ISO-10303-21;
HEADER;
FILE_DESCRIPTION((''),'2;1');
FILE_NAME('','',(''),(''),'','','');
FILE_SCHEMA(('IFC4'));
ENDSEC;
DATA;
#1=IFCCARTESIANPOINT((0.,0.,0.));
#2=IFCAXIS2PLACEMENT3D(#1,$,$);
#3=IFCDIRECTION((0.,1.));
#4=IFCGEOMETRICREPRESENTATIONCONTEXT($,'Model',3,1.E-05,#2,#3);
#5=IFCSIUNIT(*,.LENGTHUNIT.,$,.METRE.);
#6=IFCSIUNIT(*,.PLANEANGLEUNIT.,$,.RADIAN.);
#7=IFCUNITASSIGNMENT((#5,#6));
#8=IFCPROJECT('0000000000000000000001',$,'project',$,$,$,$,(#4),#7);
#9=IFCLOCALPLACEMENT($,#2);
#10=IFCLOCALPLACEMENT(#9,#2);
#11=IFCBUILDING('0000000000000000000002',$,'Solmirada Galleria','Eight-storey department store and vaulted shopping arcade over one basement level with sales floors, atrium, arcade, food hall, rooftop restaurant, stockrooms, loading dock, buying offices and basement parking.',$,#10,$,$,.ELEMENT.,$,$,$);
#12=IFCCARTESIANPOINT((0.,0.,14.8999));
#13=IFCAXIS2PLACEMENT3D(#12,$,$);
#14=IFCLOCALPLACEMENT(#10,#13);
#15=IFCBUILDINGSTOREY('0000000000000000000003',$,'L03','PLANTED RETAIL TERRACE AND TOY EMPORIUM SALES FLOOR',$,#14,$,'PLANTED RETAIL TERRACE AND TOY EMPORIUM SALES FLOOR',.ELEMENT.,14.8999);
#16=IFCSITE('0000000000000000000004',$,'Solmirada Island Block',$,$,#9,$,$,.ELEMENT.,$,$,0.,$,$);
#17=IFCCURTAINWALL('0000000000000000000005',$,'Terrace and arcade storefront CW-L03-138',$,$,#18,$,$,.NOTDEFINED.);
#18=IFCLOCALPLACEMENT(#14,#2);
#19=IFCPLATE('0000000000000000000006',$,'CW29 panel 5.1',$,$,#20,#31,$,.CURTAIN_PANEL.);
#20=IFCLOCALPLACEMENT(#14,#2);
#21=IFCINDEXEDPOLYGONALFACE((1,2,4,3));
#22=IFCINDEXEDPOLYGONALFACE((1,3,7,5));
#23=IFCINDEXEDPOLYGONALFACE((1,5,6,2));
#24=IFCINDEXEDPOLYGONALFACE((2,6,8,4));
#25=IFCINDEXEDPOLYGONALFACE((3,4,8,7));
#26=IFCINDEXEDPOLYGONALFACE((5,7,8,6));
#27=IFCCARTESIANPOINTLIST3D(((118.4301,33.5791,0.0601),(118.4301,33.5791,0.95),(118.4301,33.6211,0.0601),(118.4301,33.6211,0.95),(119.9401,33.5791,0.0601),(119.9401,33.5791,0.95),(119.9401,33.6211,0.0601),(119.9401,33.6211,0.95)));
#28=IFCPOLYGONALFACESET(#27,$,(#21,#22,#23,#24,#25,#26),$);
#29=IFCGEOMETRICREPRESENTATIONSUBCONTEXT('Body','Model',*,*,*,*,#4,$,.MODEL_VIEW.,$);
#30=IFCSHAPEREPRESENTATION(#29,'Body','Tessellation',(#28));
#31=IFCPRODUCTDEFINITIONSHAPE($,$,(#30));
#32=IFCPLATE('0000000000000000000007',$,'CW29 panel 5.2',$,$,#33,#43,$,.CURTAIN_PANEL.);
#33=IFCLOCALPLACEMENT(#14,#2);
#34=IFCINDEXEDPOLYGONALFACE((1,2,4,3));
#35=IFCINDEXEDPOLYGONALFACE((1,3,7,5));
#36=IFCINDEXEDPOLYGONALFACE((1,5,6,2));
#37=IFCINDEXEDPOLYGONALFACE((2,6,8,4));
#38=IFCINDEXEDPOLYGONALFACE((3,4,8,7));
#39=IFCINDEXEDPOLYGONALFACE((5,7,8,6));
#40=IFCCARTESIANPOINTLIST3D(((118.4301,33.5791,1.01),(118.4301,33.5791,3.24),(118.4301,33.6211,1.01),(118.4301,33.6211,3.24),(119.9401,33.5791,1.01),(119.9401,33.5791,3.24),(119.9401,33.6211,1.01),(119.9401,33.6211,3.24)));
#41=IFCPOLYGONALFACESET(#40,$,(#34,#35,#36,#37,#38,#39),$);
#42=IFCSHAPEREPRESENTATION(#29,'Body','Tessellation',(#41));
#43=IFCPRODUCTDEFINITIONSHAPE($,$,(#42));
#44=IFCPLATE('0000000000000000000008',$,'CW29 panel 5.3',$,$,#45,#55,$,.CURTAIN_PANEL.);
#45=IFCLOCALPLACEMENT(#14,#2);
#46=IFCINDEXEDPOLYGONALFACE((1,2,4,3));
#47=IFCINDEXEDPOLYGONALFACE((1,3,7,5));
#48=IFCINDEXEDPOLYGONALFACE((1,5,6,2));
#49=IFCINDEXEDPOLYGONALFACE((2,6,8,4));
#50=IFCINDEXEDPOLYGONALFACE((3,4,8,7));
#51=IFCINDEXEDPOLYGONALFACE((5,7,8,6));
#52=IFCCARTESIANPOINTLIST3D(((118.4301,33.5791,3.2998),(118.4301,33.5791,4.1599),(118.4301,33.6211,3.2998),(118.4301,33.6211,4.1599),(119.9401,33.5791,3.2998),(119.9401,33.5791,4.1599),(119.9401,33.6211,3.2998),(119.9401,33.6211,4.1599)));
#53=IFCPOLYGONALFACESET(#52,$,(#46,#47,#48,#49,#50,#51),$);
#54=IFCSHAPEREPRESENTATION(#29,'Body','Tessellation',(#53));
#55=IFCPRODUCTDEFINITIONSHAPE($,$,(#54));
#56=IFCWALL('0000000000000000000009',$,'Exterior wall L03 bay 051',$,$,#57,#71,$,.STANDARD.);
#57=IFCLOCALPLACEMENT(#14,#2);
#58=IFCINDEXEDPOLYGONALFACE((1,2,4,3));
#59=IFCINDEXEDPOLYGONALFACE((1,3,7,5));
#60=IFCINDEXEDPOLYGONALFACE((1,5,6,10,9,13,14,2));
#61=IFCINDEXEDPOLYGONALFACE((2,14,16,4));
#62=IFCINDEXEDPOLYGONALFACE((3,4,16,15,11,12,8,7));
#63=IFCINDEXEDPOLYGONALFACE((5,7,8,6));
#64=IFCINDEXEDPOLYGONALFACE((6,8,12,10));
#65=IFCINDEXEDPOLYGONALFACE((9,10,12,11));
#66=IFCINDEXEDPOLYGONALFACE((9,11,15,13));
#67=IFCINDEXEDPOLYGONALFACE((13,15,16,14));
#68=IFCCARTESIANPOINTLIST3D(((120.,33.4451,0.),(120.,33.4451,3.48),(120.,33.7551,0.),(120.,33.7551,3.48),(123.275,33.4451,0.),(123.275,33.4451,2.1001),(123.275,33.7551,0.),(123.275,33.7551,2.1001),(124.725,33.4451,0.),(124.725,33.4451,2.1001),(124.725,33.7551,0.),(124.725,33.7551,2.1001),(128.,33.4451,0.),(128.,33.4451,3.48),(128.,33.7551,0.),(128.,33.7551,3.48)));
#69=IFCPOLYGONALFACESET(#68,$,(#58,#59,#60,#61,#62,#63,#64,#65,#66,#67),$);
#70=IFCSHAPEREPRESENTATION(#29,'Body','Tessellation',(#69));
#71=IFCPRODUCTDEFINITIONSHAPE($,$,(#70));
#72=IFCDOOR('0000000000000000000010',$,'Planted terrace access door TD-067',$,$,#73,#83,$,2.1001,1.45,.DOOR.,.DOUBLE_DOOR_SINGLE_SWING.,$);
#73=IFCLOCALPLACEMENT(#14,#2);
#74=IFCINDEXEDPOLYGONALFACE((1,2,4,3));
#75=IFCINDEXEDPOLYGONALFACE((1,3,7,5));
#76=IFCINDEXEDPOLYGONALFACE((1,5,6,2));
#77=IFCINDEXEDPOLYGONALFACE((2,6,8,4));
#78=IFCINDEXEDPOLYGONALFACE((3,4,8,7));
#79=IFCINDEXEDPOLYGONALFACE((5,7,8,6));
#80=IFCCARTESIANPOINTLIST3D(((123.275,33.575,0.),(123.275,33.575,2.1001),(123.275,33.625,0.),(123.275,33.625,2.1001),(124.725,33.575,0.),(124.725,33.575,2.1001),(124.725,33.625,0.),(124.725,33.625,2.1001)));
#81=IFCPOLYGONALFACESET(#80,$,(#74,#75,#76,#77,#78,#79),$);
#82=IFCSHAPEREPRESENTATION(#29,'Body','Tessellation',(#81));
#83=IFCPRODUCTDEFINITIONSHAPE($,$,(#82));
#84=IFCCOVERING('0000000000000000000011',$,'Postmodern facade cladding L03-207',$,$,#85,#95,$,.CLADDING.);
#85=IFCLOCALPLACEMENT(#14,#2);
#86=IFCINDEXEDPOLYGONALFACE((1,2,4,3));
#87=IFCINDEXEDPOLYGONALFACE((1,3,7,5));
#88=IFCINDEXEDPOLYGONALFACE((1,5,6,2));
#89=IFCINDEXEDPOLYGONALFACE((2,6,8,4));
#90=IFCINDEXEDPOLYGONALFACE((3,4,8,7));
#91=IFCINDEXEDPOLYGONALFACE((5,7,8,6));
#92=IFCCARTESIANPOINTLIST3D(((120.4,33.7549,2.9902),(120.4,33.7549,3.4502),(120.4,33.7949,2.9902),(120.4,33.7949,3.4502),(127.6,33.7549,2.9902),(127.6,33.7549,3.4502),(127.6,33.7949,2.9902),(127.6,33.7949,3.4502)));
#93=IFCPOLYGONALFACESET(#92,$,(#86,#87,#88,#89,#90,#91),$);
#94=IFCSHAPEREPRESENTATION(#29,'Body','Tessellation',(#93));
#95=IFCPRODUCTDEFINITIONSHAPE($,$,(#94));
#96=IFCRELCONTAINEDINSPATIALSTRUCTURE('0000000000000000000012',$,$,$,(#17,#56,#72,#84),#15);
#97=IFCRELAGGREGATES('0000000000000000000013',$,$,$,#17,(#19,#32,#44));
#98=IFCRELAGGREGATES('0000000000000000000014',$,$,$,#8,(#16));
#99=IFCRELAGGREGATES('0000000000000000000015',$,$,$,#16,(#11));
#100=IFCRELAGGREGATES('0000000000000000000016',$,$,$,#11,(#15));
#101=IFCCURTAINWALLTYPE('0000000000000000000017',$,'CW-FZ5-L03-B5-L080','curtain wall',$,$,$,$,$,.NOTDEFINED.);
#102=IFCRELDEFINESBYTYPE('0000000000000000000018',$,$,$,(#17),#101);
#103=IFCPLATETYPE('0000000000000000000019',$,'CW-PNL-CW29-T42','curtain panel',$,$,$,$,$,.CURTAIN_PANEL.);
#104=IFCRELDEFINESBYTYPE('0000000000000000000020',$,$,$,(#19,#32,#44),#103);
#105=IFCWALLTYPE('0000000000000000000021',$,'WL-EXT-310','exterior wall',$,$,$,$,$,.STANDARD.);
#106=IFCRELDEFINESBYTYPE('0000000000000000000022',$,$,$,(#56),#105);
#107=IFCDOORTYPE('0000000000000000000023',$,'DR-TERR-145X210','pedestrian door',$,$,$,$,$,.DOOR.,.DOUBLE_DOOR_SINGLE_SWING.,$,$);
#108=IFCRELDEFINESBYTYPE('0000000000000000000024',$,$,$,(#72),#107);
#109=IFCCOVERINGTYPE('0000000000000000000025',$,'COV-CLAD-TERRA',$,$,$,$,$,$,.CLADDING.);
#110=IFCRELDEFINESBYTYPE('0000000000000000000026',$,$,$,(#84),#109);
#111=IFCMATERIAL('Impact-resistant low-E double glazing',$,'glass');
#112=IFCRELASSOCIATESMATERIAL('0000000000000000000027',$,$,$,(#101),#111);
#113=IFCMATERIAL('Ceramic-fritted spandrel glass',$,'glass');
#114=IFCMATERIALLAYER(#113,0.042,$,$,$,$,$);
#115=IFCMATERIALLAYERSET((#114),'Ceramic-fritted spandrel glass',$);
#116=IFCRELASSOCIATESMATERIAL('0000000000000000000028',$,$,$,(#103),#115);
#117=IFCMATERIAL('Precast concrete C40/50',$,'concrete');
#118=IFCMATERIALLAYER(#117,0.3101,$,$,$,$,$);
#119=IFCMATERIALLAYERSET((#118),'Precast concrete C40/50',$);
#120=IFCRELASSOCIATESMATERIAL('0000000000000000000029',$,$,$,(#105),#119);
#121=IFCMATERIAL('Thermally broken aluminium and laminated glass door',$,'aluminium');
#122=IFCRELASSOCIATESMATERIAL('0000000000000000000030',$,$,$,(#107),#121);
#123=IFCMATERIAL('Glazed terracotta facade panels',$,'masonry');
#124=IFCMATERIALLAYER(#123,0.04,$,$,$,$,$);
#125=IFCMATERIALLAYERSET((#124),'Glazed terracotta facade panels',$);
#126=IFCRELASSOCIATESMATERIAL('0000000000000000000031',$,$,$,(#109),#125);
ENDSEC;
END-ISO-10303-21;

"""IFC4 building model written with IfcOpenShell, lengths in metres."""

from ifc_helpers import new_model, si_unit, direction, frame, frame_2d, origin, origin_2d, place, context, subcontext, project, spatial, rectangle, extrude, material, layer, layer_set, type_object, element, fill, aggregate, save


model = new_model("IFC4")

# Units and contexts
model_context = context("Model", 3, precision=1e-05, world=origin(), true_north=direction((0.0, 1.0)))
body_context = subcontext(model_context, "Body", "Model", "MODEL_VIEW")
ifc_project = project(units=[si_unit("LENGTHUNIT", "METRE"), si_unit("PLANEANGLEUNIT", "RADIAN")], contexts=[model_context])

# Site, building, storey
site_placement = place(None, origin())
site = spatial("IfcSite", under=ifc_project, at=site_placement, Name="Solmirada Island Block", CompositionType="ELEMENT", RefElevation=0.0)
building_placement = place(site_placement, origin())
building = spatial("IfcBuilding", under=site, at=building_placement, Name="Solmirada Galleria", Description="Eight-storey department store and vaulted shopping arcade over one basement level with sales floors, atrium, arcade, food hall, rooftop restaurant, stockrooms, loading dock, buying offices and basement parking.", CompositionType="ELEMENT")
storey_placement = place(building_placement, frame((0.0, 0.0, 14.8999)))
storey = spatial("IfcBuildingStorey", under=building, at=storey_placement, Name="L03", Description="PLANTED RETAIL TERRACE AND TOY EMPORIUM SALES FLOOR", LongName="PLANTED RETAIL TERRACE AND TOY EMPORIUM SALES FLOOR", CompositionType="ELEMENT", Elevation=14.8999)

# Curtain wall, plates
ifc_material_1 = material(Name="Impact-resistant low-E double glazing", Category="glass")
curtain_wall_type = type_object("IfcCurtainWallType", Name="CW-FZ5-L03-B5-L080", Description="curtain wall", PredefinedType="NOTDEFINED", material=ifc_material_1)
curtain_wall_placement = place(storey_placement, origin())
curtain_wall = element("IfcCurtainWall", 1, at=curtain_wall_placement, inside=storey, type_object=curtain_wall_type, Name="Terrace and arcade storefront CW-L03-138", PredefinedType="NOTDEFINED")
ifc_material_2 = material(Name="Ceramic-fritted spandrel glass", Category="glass")
ifc_layer_1 = layer(ifc_material_2, 0.042)
ifc_layer_set_1 = layer_set([ifc_layer_1], Name="Ceramic-fritted spandrel glass")
plate_type = type_object("IfcPlateType", Name="CW-PNL-CW29-T42", Description="curtain panel", PredefinedType="CURTAIN_PANEL", material=ifc_layer_set_1)
plate_1_placement = place(storey_placement, frame((119.1851, 33.6001, 0.0601), z_axis=(0.0, 0.0, 1.0), x_axis=(1.0, 0.0, 0.0)))
plate_1 = element("IfcPlate", 2, at=plate_1_placement, type_object=plate_type, Name="CW29 panel 5.1", PredefinedType="CURTAIN_PANEL", context=body_context, shape_type="SweptSolid", body=[
    extrude(rectangle(XDim=1.51, YDim=0.042, at=origin_2d()), origin(), (0.0, 0.0, 1.0), 0.8899),
])
plate_2_placement = place(storey_placement, frame((119.1851, 33.6001, 1.01), z_axis=(0.0, 0.0, 1.0), x_axis=(1.0, 0.0, 0.0)))
plate_2 = element("IfcPlate", 3, at=plate_2_placement, type_object=plate_type, Name="CW29 panel 5.2", PredefinedType="CURTAIN_PANEL", context=body_context, shape_type="SweptSolid", body=[
    extrude(rectangle(XDim=1.51, YDim=0.042, at=origin_2d()), origin(), (0.0, 0.0, 1.0), 2.23),
])
plate_3_placement = place(storey_placement, frame((119.1851, 33.6001, 3.2998), z_axis=(0.0, 0.0, 1.0), x_axis=(1.0, 0.0, 0.0)))
plate_3 = element("IfcPlate", 4, at=plate_3_placement, type_object=plate_type, Name="CW29 panel 5.3", PredefinedType="CURTAIN_PANEL", context=body_context, shape_type="SweptSolid", body=[
    extrude(rectangle(XDim=1.51, YDim=0.042, at=origin_2d()), origin(), (0.0, 0.0, 1.0), 0.8601),
])
aggregate(curtain_wall, [plate_1, plate_2, plate_3])

# Wall, opening, door
ifc_material_3 = material(Name="Precast concrete C40/50", Category="concrete")
ifc_layer_2 = layer(ifc_material_3, 0.3101)
ifc_layer_set_2 = layer_set([ifc_layer_2], Name="Precast concrete C40/50")
wall_type = type_object("IfcWallType", Name="WL-EXT-310", Description="exterior wall", PredefinedType="STANDARD", material=ifc_layer_set_2)
wall_placement = place(storey_placement, frame((120.0, 33.6001, 0.0), z_axis=(0.0, 0.0, 1.0), x_axis=(1.0, 0.0, 0.0)))
wall = element("IfcWall", 5, at=wall_placement, inside=storey, type_object=wall_type, Name="Exterior wall L03 bay 051", PredefinedType="STANDARD", context=body_context, shape_type="SweptSolid", body=[
    extrude(rectangle(XDim=8.0, YDim=0.3101, at=frame_2d((4.0, 0.0))), origin(), (0.0, 0.0, 1.0), 3.48),
])
opening_placement = place(wall_placement, frame((3.2749, 0.0, 0.0)))
opening = element("IfcOpeningElement", 6, at=opening_placement, cuts=wall, PredefinedType="OPENING", context=body_context, shape_type="SweptSolid", body=[
    extrude(rectangle(XDim=1.45, YDim=2.1001, at=frame_2d((0.7251, 1.05))), frame((0.0, 0.165, 0.0), z_axis=(0.0, -1.0, 0.0), x_axis=(1.0, 0.0, 0.0)), (0.0, 0.0, 1.0), 0.3301),
])
ifc_material_4 = material(Name="Thermally broken aluminium and laminated glass door", Category="aluminium")
door_type = type_object("IfcDoorType", Name="DR-TERR-145X210", Description="pedestrian door", OperationType="DOUBLE_DOOR_SINGLE_SWING", PredefinedType="DOOR", material=ifc_material_4)
door_placement = place(opening_placement, origin())
door = element("IfcDoor", 7, at=door_placement, inside=storey, type_object=door_type, Name="Planted terrace access door TD-067", OperationType="DOUBLE_DOOR_SINGLE_SWING", OverallHeight=2.1001, OverallWidth=1.45, PredefinedType="DOOR", context=body_context, shape_type="SweptSolid", body=[
    extrude(rectangle(XDim=1.45, YDim=2.1001, at=frame_2d((0.7251, 1.05))), frame((0.0, 0.0249, 0.0), z_axis=(0.0, -1.0, 0.0), x_axis=(1.0, 0.0, 0.0)), (0.0, 0.0, 1.0), 0.05),
])
fill(opening, door)

# Covering
ifc_material_5 = material(Name="Glazed terracotta facade panels", Category="masonry")
ifc_layer_3 = layer(ifc_material_5, 0.04)
ifc_layer_set_3 = layer_set([ifc_layer_3], Name="Glazed terracotta facade panels")
covering_type = type_object("IfcCoveringType", Name="COV-CLAD-TERRA", PredefinedType="CLADDING", material=ifc_layer_set_3)
covering_placement = place(storey_placement, frame((124.0, 33.7749, 2.9902), z_axis=(0.0, 0.0, 1.0), x_axis=(1.0, 0.0, 0.0)))
element("IfcCovering", 8, at=covering_placement, inside=storey, type_object=covering_type, Name="Postmodern facade cladding L03-207", PredefinedType="CLADDING", context=body_context, shape_type="SweptSolid", body=[
    extrude(rectangle(XDim=7.2, YDim=0.04, at=origin_2d()), origin(), (0.0, 0.0, 1.0), 0.46),
])

save(model, "model.ifc")
